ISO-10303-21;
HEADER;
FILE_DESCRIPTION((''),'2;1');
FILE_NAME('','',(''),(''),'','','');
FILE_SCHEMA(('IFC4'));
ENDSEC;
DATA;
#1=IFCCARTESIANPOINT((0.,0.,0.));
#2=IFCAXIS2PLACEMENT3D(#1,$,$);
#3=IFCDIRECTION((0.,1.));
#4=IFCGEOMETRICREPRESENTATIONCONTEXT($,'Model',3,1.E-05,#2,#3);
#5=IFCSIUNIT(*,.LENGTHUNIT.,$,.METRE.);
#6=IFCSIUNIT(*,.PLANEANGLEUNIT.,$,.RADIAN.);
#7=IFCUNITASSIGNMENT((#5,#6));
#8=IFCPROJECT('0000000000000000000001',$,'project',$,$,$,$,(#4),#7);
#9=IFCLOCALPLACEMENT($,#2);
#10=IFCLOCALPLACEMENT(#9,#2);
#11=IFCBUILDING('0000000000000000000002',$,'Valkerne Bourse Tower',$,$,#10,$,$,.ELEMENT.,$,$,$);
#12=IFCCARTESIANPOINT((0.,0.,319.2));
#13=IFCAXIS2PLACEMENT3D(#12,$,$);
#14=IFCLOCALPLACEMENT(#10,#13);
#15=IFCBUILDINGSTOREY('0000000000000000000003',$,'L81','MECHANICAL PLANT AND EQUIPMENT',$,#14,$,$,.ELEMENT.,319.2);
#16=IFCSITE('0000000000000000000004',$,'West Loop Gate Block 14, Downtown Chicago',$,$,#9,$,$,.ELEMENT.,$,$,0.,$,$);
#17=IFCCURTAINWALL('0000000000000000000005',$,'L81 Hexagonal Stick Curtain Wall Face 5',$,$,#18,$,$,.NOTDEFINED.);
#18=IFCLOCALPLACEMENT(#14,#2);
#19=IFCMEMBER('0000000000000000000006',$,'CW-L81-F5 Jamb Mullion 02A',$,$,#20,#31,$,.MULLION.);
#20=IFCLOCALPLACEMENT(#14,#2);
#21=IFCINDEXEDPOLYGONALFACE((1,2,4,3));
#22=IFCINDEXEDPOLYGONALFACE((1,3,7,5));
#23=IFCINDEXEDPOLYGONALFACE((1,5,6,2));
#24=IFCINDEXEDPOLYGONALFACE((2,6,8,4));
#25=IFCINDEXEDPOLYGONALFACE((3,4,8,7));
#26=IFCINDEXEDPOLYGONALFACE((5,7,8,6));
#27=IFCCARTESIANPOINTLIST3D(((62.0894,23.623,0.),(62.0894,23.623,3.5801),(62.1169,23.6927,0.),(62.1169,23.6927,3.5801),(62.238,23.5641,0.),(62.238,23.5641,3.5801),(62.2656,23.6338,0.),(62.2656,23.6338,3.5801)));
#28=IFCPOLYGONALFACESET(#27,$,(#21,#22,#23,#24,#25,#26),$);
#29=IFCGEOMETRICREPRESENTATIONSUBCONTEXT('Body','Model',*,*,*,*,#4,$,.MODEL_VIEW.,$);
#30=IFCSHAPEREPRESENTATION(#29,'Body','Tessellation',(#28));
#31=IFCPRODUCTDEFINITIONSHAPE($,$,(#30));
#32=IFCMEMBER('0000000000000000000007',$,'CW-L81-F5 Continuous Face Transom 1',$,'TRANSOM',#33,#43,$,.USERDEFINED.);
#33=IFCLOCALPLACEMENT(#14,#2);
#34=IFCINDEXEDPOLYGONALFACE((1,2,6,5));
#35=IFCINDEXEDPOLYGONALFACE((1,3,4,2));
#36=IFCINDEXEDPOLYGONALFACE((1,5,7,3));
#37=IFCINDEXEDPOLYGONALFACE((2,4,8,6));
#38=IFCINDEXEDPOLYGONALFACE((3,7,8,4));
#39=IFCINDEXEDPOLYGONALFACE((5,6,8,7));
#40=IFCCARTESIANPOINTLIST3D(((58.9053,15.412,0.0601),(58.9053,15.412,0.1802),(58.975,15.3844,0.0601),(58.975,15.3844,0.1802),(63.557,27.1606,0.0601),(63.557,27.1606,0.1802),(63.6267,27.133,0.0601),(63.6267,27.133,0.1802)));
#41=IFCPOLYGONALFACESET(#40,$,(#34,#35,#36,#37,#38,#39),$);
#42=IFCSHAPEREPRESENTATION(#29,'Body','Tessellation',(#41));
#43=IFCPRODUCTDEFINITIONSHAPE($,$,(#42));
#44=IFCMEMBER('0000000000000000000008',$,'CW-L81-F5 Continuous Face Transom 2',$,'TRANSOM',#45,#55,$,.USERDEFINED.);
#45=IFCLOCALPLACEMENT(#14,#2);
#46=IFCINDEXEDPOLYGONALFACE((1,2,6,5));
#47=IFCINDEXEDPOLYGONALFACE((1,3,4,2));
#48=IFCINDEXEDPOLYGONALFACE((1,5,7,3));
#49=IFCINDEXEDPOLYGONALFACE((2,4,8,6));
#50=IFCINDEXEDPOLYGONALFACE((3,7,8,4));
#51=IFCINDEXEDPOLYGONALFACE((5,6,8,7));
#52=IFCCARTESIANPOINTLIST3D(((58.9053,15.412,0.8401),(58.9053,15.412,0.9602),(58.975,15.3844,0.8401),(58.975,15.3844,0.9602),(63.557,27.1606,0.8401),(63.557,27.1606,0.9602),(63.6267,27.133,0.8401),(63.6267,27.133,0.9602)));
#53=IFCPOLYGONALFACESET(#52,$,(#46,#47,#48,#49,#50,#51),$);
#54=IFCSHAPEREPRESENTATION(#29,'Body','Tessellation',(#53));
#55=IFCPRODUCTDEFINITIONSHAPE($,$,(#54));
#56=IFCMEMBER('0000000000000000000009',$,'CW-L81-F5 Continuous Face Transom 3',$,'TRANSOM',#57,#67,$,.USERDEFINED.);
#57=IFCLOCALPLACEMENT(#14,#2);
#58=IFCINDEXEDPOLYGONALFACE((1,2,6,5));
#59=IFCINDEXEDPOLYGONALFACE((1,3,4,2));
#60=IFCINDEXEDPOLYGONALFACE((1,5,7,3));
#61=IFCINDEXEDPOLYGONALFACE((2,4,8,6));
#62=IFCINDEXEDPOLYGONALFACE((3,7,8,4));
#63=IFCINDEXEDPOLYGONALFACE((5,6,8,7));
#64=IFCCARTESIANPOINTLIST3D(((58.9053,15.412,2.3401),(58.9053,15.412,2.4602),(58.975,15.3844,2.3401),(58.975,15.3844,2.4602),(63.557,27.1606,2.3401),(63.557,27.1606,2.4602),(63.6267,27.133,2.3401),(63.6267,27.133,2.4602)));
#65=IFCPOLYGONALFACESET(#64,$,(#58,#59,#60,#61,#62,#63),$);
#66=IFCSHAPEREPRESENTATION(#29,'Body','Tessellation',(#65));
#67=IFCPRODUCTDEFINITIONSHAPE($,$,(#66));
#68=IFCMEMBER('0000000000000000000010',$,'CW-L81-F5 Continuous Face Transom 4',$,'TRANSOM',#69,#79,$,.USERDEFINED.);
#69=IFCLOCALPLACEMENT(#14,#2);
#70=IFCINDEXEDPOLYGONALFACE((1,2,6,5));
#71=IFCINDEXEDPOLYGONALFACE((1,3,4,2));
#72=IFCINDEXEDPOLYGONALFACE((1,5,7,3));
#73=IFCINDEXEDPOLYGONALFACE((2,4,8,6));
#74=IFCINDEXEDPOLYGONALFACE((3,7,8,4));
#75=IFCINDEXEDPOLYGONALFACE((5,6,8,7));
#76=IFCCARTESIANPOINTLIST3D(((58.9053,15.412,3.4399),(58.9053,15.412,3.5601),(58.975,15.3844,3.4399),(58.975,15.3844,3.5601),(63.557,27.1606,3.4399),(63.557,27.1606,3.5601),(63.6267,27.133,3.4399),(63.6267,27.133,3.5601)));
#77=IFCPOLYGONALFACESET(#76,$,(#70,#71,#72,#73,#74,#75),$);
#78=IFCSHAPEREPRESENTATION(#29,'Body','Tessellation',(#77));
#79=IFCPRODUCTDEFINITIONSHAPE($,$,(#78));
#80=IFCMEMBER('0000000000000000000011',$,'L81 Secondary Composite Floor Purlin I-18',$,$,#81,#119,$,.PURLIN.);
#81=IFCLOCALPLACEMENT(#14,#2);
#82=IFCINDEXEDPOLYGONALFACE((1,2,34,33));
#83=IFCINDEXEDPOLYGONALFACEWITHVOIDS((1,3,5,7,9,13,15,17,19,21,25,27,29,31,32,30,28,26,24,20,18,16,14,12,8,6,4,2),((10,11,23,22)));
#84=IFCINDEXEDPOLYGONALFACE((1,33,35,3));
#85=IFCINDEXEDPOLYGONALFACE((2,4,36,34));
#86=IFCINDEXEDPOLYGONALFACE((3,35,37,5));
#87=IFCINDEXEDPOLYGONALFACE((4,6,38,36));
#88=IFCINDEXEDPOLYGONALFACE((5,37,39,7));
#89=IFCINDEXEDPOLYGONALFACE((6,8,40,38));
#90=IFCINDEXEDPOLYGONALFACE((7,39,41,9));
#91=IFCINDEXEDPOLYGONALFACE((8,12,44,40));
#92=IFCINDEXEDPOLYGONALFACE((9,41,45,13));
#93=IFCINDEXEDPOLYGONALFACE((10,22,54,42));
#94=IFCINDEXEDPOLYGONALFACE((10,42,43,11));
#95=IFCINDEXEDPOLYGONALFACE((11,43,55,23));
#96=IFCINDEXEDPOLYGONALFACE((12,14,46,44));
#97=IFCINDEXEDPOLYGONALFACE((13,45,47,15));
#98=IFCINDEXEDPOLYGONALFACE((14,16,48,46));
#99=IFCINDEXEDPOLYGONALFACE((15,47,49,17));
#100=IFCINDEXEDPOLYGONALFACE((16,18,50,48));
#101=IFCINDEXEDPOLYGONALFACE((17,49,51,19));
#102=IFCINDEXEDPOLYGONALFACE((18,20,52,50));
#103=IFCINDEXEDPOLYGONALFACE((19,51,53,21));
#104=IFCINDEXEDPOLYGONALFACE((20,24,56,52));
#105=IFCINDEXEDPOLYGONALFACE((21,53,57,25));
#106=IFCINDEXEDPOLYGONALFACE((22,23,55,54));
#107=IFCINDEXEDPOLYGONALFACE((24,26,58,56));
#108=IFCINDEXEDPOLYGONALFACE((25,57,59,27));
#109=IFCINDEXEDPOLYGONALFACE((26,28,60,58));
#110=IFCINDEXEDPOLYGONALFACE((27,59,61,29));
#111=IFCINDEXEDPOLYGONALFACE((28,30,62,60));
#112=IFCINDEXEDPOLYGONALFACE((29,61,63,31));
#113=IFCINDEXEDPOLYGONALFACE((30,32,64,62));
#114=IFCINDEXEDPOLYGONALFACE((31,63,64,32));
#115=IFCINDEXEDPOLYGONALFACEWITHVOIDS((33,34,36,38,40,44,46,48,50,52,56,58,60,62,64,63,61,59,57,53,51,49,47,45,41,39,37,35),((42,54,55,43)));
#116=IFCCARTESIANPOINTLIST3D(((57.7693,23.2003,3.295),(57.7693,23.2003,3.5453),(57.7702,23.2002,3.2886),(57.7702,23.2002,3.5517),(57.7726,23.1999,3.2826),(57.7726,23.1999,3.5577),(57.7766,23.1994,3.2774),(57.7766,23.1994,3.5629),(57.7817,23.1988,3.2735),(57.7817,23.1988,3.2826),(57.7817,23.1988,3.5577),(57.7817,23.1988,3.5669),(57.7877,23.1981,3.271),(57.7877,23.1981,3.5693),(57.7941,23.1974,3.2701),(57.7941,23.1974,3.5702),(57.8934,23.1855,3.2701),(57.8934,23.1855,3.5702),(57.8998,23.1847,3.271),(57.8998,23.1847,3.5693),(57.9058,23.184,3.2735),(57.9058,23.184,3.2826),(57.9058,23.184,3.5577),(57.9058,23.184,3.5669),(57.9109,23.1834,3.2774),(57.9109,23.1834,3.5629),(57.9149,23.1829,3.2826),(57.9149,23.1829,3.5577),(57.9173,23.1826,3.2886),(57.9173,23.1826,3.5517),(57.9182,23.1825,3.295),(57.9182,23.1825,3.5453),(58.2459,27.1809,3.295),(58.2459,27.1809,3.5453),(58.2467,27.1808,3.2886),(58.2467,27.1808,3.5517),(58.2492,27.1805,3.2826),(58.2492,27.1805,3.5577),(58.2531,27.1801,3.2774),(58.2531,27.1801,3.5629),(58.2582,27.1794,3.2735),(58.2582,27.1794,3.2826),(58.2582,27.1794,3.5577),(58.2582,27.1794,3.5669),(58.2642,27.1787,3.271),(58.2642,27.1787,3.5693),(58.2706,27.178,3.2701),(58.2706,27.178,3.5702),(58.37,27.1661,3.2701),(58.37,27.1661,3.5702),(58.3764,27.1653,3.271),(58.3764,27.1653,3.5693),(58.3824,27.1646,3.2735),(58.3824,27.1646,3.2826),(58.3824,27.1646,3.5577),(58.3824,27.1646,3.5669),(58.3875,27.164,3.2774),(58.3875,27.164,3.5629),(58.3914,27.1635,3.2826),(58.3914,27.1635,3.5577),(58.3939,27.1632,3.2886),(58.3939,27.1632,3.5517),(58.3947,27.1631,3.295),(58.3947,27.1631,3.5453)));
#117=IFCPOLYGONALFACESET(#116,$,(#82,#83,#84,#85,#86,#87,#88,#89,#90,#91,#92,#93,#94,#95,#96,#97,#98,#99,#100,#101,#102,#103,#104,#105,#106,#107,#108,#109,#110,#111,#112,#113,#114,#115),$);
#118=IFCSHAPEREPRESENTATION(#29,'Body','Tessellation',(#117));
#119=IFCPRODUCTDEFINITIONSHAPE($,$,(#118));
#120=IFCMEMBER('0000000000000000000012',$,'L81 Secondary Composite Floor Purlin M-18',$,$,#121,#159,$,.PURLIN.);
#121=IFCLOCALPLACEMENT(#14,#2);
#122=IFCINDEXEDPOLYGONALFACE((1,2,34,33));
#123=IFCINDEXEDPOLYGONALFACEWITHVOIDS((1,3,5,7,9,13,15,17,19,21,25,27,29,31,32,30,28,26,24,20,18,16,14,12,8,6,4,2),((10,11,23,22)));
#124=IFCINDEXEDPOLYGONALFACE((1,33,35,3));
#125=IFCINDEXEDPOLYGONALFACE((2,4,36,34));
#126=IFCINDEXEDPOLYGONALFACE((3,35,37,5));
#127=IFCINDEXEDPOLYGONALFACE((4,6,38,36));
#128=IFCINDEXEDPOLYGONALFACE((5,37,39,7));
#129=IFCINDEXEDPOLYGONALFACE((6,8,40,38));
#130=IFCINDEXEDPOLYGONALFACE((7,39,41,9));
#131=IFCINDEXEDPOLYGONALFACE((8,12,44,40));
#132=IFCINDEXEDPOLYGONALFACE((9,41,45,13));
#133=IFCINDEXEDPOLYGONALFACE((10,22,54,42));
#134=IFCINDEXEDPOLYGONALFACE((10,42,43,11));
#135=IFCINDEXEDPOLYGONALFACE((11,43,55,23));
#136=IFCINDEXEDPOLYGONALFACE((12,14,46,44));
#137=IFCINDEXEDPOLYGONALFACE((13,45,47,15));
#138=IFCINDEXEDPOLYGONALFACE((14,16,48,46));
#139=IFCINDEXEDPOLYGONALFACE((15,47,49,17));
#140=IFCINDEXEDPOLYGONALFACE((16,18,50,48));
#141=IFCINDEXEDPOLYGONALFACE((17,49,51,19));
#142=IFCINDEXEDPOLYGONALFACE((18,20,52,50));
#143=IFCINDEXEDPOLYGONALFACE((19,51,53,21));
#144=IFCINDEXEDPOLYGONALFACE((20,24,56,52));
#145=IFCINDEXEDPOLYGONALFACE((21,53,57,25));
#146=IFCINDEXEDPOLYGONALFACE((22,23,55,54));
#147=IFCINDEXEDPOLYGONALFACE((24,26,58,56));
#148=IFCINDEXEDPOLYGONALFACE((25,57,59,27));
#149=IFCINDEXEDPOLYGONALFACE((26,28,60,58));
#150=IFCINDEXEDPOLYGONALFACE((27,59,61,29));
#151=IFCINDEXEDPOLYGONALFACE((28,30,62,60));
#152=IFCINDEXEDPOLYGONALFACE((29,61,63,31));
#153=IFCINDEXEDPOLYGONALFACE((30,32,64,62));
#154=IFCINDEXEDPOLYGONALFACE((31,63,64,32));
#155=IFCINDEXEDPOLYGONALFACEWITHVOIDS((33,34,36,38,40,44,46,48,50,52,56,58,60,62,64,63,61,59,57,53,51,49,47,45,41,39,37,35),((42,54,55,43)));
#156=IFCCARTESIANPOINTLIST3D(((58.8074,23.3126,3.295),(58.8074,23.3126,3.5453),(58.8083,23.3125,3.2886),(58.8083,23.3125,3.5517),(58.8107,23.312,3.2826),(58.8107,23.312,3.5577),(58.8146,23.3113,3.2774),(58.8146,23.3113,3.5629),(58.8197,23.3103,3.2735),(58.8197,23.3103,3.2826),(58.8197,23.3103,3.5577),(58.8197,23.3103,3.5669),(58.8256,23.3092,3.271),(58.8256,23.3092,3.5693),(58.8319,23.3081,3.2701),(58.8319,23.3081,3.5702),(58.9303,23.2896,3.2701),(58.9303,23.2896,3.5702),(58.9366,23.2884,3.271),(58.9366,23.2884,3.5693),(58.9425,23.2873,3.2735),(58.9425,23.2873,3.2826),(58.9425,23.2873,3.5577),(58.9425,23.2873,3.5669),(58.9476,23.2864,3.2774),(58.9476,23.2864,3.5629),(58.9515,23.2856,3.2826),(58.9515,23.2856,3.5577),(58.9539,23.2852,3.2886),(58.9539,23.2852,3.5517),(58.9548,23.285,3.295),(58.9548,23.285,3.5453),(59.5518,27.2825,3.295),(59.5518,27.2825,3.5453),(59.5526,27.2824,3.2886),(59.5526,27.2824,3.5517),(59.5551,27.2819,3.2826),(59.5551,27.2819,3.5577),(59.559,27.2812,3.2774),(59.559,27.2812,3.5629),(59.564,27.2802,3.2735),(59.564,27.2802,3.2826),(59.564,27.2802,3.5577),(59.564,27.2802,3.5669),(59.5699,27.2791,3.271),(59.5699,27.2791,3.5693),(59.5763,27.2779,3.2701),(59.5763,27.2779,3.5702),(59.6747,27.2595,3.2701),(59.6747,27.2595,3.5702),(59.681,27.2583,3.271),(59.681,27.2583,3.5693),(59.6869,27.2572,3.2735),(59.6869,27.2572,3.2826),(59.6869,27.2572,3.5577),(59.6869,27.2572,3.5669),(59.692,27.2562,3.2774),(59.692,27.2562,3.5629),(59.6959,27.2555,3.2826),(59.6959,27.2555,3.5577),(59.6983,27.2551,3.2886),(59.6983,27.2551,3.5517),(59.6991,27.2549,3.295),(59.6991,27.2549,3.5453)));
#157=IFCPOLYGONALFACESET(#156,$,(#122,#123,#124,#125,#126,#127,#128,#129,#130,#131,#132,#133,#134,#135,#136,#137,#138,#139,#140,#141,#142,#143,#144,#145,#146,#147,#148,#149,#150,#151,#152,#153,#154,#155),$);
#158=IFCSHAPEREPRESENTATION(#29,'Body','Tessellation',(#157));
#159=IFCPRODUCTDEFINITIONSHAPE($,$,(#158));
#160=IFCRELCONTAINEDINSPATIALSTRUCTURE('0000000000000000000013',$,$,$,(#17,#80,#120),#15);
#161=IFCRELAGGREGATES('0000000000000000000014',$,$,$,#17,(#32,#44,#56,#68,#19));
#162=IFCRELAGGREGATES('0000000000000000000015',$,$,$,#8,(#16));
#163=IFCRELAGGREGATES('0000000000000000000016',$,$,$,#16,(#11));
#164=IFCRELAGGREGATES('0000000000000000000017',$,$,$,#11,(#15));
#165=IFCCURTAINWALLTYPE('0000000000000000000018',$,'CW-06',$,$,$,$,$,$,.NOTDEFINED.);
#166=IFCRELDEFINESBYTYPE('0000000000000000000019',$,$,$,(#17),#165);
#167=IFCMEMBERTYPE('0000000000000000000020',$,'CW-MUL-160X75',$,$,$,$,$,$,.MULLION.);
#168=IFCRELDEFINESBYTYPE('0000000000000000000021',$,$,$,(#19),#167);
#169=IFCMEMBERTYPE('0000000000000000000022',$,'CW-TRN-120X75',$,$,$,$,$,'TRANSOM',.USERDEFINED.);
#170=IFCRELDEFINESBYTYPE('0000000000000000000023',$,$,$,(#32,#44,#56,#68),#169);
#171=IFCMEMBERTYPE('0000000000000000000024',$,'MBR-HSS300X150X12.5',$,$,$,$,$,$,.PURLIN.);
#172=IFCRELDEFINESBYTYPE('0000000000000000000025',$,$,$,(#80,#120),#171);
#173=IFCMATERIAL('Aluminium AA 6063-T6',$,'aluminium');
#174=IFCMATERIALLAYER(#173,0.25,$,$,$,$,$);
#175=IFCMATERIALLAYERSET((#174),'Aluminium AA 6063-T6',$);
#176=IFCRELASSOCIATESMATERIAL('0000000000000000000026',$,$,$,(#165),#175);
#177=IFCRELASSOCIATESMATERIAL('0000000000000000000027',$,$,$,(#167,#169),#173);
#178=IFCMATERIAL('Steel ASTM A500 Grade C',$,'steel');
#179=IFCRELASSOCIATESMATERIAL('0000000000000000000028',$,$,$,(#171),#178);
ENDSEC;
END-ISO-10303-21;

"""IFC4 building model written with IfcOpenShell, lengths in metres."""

from ifc_helpers import new_model, si_unit, direction, frame, origin, origin_2d, place, context, subcontext, project, spatial, rectangle, hollow_rectangle, extrude, material, layer, layer_set, material_profile, profile_set, type_object, element, aggregate, save


model = new_model("IFC4")

# Units and contexts
model_context = context("Model", 3, precision=1e-05, world=origin(), true_north=direction((0.0, 1.0)))
body_context = subcontext(model_context, "Body", "Model", "MODEL_VIEW")
ifc_project = project(units=[si_unit("LENGTHUNIT", "METRE"), si_unit("PLANEANGLEUNIT", "RADIAN")], contexts=[model_context])

# Site, building, storey
site_placement = place(None, origin())
site = spatial("IfcSite", under=ifc_project, at=site_placement, Name="West Loop Gate Block 14, Downtown Chicago", CompositionType="ELEMENT", RefElevation=0.0)
building_placement = place(site_placement, origin())
building = spatial("IfcBuilding", under=site, at=building_placement, Name="Valkerne Bourse Tower", CompositionType="ELEMENT")
storey_placement = place(building_placement, frame((0.0, 0.0, 319.2)))
storey = spatial("IfcBuildingStorey", under=building, at=storey_placement, Name="L81", Description="MECHANICAL PLANT AND EQUIPMENT", CompositionType="ELEMENT", Elevation=319.2)

# Shared definitions
ifc_material_1 = material(Name="Steel ASTM A500 Grade C", Category="steel")

# Shared definitions
ifc_material_2 = material(Name="Aluminium AA 6063-T6", Category="aluminium")
ifc_layer_1 = layer(ifc_material_2, 0.25)
ifc_layer_set_1 = layer_set([ifc_layer_1], Name="Aluminium AA 6063-T6")
curtain_wall_type = type_object("IfcCurtainWallType", Name="CW-06", PredefinedType="NOTDEFINED", material=ifc_layer_set_1)
ifc_material_profile_1 = material_profile(ifc_material_2, rectangle(XDim=0.075, YDim=0.1599, at=origin_2d()), Name="CWM-75X160")
ifc_profile_set_1 = profile_set([ifc_material_profile_1], Name="Aluminium AA 6063-T6")
member_type_1 = type_object("IfcMemberType", Name="CW-MUL-160X75", PredefinedType="MULLION", material=ifc_profile_set_1)

# Curtain wall, members
curtain_wall_1_placement = place(storey_placement, origin())
curtain_wall_1 = element("IfcCurtainWall", 1, at=curtain_wall_1_placement, inside=storey, type_object=curtain_wall_type, Name="L81 Hexagonal Stick Curtain Wall Face 5", PredefinedType="NOTDEFINED")
member_1_placement = place(storey_placement, frame((62.1775, 23.6284, 0.0), z_axis=(0.0, 0.0, 1.0), x_axis=(0.368118, 0.929779, 0.0)))
member_1 = element("IfcMember", 2, at=member_1_placement, type_object=member_type_1, Name="CW-L81-F5 Jamb Mullion 02A", PredefinedType="MULLION", context=body_context, shape_type="SweptSolid", body=[
    extrude(rectangle(XDim=0.075, YDim=0.1599, at=origin_2d()), origin(), (0.0, 0.0, 1.0), 3.5801),
])
ifc_material_profile_2 = material_profile(ifc_material_2, rectangle(XDim=0.075, YDim=0.1201, at=origin_2d()), Name="CWT-75X120")
ifc_profile_set_2 = profile_set([ifc_material_profile_2], Name="Aluminium AA 6063-T6")
member_type_2 = type_object("IfcMemberType", Name="CW-TRN-120X75", ElementType="TRANSOM", PredefinedType="USERDEFINED", material=ifc_profile_set_2)
member_2_placement = place(storey_placement, frame((58.9402, 15.3982, 0.1201), z_axis=(0.368127, 0.929775, 0.0), x_axis=(-0.929775, 0.368127, 0.0)))
member_2 = element("IfcMember", 3, at=member_2_placement, type_object=member_type_2, Name="CW-L81-F5 Continuous Face Transom 1", ObjectType="TRANSOM", PredefinedType="USERDEFINED", context=body_context, shape_type="SweptSolid", body=[
    extrude(rectangle(XDim=0.075, YDim=0.1201, at=origin_2d()), origin(), (0.0, 0.0, 1.0), 12.636),
])
member_3_placement = place(storey_placement, frame((58.9402, 15.3982, 0.9001), z_axis=(0.368127, 0.929775, 0.0), x_axis=(-0.929775, 0.368127, 0.0)))
member_3 = element("IfcMember", 4, at=member_3_placement, type_object=member_type_2, Name="CW-L81-F5 Continuous Face Transom 2", ObjectType="TRANSOM", PredefinedType="USERDEFINED", context=body_context, shape_type="SweptSolid", body=[
    extrude(rectangle(XDim=0.075, YDim=0.1201, at=origin_2d()), origin(), (0.0, 0.0, 1.0), 12.636),
])
member_4_placement = place(storey_placement, frame((58.9402, 15.3982, 2.4001), z_axis=(0.368127, 0.929775, 0.0), x_axis=(-0.929775, 0.368127, 0.0)))
member_4 = element("IfcMember", 5, at=member_4_placement, type_object=member_type_2, Name="CW-L81-F5 Continuous Face Transom 3", ObjectType="TRANSOM", PredefinedType="USERDEFINED", context=body_context, shape_type="SweptSolid", body=[
    extrude(rectangle(XDim=0.075, YDim=0.1201, at=origin_2d()), origin(), (0.0, 0.0, 1.0), 12.636),
])
member_5_placement = place(storey_placement, frame((58.9402, 15.3982, 3.5), z_axis=(0.368127, 0.929775, 0.0), x_axis=(-0.929775, 0.368127, 0.0)))
member_5 = element("IfcMember", 6, at=member_5_placement, type_object=member_type_2, Name="CW-L81-F5 Continuous Face Transom 4", ObjectType="TRANSOM", PredefinedType="USERDEFINED", context=body_context, shape_type="SweptSolid", body=[
    extrude(rectangle(XDim=0.075, YDim=0.1201, at=origin_2d()), origin(), (0.0, 0.0, 1.0), 12.636),
])

# Members
ifc_material_profile_3 = material_profile(ifc_material_1, hollow_rectangle(XDim=0.1499, YDim=0.3, WallThickness=0.0125, OuterFilletRadius=0.0249, at=origin_2d()), Name="HSS300X150X12.5")
ifc_profile_set_3 = profile_set([ifc_material_profile_3], Name="Steel ASTM A500 Grade C")
member_type_3 = type_object("IfcMemberType", Name="MBR-HSS300X150X12.5", PredefinedType="PURLIN", material=ifc_profile_set_3)
member_6_placement = place(storey_placement, frame((57.8438, 23.1914, 3.4202), z_axis=(0.118869, 0.99291, 0.0), x_axis=(-0.99291, 0.118869, 0.0)))
element("IfcMember", 7, at=member_6_placement, inside=storey, type_object=member_type_3, Name="L81 Secondary Composite Floor Purlin I-18", PredefinedType="PURLIN", context=body_context, shape_type="SweptSolid", body=[
    extrude(hollow_rectangle(XDim=0.1499, YDim=0.3, WallThickness=0.0125, OuterFilletRadius=0.0249, at=origin_2d()), origin(), (0.0, 0.0, 1.0), 4.009),
])
member_7_placement = place(storey_placement, frame((58.8811, 23.2988, 3.4202), z_axis=(0.184292, 0.982872, 0.0), x_axis=(-0.982872, 0.184292, 0.0)))
element("IfcMember", 8, at=member_7_placement, inside=storey, type_object=member_type_3, Name="L81 Secondary Composite Floor Purlin M-18", PredefinedType="PURLIN", context=body_context, shape_type="SweptSolid", body=[
    extrude(hollow_rectangle(XDim=0.1499, YDim=0.3, WallThickness=0.0125, OuterFilletRadius=0.0249, at=origin_2d()), origin(), (0.0, 0.0, 1.0), 4.0391),
])

aggregate(curtain_wall_1, [member_2, member_3, member_4, member_5, member_1])

save(model, "model.ifc")
